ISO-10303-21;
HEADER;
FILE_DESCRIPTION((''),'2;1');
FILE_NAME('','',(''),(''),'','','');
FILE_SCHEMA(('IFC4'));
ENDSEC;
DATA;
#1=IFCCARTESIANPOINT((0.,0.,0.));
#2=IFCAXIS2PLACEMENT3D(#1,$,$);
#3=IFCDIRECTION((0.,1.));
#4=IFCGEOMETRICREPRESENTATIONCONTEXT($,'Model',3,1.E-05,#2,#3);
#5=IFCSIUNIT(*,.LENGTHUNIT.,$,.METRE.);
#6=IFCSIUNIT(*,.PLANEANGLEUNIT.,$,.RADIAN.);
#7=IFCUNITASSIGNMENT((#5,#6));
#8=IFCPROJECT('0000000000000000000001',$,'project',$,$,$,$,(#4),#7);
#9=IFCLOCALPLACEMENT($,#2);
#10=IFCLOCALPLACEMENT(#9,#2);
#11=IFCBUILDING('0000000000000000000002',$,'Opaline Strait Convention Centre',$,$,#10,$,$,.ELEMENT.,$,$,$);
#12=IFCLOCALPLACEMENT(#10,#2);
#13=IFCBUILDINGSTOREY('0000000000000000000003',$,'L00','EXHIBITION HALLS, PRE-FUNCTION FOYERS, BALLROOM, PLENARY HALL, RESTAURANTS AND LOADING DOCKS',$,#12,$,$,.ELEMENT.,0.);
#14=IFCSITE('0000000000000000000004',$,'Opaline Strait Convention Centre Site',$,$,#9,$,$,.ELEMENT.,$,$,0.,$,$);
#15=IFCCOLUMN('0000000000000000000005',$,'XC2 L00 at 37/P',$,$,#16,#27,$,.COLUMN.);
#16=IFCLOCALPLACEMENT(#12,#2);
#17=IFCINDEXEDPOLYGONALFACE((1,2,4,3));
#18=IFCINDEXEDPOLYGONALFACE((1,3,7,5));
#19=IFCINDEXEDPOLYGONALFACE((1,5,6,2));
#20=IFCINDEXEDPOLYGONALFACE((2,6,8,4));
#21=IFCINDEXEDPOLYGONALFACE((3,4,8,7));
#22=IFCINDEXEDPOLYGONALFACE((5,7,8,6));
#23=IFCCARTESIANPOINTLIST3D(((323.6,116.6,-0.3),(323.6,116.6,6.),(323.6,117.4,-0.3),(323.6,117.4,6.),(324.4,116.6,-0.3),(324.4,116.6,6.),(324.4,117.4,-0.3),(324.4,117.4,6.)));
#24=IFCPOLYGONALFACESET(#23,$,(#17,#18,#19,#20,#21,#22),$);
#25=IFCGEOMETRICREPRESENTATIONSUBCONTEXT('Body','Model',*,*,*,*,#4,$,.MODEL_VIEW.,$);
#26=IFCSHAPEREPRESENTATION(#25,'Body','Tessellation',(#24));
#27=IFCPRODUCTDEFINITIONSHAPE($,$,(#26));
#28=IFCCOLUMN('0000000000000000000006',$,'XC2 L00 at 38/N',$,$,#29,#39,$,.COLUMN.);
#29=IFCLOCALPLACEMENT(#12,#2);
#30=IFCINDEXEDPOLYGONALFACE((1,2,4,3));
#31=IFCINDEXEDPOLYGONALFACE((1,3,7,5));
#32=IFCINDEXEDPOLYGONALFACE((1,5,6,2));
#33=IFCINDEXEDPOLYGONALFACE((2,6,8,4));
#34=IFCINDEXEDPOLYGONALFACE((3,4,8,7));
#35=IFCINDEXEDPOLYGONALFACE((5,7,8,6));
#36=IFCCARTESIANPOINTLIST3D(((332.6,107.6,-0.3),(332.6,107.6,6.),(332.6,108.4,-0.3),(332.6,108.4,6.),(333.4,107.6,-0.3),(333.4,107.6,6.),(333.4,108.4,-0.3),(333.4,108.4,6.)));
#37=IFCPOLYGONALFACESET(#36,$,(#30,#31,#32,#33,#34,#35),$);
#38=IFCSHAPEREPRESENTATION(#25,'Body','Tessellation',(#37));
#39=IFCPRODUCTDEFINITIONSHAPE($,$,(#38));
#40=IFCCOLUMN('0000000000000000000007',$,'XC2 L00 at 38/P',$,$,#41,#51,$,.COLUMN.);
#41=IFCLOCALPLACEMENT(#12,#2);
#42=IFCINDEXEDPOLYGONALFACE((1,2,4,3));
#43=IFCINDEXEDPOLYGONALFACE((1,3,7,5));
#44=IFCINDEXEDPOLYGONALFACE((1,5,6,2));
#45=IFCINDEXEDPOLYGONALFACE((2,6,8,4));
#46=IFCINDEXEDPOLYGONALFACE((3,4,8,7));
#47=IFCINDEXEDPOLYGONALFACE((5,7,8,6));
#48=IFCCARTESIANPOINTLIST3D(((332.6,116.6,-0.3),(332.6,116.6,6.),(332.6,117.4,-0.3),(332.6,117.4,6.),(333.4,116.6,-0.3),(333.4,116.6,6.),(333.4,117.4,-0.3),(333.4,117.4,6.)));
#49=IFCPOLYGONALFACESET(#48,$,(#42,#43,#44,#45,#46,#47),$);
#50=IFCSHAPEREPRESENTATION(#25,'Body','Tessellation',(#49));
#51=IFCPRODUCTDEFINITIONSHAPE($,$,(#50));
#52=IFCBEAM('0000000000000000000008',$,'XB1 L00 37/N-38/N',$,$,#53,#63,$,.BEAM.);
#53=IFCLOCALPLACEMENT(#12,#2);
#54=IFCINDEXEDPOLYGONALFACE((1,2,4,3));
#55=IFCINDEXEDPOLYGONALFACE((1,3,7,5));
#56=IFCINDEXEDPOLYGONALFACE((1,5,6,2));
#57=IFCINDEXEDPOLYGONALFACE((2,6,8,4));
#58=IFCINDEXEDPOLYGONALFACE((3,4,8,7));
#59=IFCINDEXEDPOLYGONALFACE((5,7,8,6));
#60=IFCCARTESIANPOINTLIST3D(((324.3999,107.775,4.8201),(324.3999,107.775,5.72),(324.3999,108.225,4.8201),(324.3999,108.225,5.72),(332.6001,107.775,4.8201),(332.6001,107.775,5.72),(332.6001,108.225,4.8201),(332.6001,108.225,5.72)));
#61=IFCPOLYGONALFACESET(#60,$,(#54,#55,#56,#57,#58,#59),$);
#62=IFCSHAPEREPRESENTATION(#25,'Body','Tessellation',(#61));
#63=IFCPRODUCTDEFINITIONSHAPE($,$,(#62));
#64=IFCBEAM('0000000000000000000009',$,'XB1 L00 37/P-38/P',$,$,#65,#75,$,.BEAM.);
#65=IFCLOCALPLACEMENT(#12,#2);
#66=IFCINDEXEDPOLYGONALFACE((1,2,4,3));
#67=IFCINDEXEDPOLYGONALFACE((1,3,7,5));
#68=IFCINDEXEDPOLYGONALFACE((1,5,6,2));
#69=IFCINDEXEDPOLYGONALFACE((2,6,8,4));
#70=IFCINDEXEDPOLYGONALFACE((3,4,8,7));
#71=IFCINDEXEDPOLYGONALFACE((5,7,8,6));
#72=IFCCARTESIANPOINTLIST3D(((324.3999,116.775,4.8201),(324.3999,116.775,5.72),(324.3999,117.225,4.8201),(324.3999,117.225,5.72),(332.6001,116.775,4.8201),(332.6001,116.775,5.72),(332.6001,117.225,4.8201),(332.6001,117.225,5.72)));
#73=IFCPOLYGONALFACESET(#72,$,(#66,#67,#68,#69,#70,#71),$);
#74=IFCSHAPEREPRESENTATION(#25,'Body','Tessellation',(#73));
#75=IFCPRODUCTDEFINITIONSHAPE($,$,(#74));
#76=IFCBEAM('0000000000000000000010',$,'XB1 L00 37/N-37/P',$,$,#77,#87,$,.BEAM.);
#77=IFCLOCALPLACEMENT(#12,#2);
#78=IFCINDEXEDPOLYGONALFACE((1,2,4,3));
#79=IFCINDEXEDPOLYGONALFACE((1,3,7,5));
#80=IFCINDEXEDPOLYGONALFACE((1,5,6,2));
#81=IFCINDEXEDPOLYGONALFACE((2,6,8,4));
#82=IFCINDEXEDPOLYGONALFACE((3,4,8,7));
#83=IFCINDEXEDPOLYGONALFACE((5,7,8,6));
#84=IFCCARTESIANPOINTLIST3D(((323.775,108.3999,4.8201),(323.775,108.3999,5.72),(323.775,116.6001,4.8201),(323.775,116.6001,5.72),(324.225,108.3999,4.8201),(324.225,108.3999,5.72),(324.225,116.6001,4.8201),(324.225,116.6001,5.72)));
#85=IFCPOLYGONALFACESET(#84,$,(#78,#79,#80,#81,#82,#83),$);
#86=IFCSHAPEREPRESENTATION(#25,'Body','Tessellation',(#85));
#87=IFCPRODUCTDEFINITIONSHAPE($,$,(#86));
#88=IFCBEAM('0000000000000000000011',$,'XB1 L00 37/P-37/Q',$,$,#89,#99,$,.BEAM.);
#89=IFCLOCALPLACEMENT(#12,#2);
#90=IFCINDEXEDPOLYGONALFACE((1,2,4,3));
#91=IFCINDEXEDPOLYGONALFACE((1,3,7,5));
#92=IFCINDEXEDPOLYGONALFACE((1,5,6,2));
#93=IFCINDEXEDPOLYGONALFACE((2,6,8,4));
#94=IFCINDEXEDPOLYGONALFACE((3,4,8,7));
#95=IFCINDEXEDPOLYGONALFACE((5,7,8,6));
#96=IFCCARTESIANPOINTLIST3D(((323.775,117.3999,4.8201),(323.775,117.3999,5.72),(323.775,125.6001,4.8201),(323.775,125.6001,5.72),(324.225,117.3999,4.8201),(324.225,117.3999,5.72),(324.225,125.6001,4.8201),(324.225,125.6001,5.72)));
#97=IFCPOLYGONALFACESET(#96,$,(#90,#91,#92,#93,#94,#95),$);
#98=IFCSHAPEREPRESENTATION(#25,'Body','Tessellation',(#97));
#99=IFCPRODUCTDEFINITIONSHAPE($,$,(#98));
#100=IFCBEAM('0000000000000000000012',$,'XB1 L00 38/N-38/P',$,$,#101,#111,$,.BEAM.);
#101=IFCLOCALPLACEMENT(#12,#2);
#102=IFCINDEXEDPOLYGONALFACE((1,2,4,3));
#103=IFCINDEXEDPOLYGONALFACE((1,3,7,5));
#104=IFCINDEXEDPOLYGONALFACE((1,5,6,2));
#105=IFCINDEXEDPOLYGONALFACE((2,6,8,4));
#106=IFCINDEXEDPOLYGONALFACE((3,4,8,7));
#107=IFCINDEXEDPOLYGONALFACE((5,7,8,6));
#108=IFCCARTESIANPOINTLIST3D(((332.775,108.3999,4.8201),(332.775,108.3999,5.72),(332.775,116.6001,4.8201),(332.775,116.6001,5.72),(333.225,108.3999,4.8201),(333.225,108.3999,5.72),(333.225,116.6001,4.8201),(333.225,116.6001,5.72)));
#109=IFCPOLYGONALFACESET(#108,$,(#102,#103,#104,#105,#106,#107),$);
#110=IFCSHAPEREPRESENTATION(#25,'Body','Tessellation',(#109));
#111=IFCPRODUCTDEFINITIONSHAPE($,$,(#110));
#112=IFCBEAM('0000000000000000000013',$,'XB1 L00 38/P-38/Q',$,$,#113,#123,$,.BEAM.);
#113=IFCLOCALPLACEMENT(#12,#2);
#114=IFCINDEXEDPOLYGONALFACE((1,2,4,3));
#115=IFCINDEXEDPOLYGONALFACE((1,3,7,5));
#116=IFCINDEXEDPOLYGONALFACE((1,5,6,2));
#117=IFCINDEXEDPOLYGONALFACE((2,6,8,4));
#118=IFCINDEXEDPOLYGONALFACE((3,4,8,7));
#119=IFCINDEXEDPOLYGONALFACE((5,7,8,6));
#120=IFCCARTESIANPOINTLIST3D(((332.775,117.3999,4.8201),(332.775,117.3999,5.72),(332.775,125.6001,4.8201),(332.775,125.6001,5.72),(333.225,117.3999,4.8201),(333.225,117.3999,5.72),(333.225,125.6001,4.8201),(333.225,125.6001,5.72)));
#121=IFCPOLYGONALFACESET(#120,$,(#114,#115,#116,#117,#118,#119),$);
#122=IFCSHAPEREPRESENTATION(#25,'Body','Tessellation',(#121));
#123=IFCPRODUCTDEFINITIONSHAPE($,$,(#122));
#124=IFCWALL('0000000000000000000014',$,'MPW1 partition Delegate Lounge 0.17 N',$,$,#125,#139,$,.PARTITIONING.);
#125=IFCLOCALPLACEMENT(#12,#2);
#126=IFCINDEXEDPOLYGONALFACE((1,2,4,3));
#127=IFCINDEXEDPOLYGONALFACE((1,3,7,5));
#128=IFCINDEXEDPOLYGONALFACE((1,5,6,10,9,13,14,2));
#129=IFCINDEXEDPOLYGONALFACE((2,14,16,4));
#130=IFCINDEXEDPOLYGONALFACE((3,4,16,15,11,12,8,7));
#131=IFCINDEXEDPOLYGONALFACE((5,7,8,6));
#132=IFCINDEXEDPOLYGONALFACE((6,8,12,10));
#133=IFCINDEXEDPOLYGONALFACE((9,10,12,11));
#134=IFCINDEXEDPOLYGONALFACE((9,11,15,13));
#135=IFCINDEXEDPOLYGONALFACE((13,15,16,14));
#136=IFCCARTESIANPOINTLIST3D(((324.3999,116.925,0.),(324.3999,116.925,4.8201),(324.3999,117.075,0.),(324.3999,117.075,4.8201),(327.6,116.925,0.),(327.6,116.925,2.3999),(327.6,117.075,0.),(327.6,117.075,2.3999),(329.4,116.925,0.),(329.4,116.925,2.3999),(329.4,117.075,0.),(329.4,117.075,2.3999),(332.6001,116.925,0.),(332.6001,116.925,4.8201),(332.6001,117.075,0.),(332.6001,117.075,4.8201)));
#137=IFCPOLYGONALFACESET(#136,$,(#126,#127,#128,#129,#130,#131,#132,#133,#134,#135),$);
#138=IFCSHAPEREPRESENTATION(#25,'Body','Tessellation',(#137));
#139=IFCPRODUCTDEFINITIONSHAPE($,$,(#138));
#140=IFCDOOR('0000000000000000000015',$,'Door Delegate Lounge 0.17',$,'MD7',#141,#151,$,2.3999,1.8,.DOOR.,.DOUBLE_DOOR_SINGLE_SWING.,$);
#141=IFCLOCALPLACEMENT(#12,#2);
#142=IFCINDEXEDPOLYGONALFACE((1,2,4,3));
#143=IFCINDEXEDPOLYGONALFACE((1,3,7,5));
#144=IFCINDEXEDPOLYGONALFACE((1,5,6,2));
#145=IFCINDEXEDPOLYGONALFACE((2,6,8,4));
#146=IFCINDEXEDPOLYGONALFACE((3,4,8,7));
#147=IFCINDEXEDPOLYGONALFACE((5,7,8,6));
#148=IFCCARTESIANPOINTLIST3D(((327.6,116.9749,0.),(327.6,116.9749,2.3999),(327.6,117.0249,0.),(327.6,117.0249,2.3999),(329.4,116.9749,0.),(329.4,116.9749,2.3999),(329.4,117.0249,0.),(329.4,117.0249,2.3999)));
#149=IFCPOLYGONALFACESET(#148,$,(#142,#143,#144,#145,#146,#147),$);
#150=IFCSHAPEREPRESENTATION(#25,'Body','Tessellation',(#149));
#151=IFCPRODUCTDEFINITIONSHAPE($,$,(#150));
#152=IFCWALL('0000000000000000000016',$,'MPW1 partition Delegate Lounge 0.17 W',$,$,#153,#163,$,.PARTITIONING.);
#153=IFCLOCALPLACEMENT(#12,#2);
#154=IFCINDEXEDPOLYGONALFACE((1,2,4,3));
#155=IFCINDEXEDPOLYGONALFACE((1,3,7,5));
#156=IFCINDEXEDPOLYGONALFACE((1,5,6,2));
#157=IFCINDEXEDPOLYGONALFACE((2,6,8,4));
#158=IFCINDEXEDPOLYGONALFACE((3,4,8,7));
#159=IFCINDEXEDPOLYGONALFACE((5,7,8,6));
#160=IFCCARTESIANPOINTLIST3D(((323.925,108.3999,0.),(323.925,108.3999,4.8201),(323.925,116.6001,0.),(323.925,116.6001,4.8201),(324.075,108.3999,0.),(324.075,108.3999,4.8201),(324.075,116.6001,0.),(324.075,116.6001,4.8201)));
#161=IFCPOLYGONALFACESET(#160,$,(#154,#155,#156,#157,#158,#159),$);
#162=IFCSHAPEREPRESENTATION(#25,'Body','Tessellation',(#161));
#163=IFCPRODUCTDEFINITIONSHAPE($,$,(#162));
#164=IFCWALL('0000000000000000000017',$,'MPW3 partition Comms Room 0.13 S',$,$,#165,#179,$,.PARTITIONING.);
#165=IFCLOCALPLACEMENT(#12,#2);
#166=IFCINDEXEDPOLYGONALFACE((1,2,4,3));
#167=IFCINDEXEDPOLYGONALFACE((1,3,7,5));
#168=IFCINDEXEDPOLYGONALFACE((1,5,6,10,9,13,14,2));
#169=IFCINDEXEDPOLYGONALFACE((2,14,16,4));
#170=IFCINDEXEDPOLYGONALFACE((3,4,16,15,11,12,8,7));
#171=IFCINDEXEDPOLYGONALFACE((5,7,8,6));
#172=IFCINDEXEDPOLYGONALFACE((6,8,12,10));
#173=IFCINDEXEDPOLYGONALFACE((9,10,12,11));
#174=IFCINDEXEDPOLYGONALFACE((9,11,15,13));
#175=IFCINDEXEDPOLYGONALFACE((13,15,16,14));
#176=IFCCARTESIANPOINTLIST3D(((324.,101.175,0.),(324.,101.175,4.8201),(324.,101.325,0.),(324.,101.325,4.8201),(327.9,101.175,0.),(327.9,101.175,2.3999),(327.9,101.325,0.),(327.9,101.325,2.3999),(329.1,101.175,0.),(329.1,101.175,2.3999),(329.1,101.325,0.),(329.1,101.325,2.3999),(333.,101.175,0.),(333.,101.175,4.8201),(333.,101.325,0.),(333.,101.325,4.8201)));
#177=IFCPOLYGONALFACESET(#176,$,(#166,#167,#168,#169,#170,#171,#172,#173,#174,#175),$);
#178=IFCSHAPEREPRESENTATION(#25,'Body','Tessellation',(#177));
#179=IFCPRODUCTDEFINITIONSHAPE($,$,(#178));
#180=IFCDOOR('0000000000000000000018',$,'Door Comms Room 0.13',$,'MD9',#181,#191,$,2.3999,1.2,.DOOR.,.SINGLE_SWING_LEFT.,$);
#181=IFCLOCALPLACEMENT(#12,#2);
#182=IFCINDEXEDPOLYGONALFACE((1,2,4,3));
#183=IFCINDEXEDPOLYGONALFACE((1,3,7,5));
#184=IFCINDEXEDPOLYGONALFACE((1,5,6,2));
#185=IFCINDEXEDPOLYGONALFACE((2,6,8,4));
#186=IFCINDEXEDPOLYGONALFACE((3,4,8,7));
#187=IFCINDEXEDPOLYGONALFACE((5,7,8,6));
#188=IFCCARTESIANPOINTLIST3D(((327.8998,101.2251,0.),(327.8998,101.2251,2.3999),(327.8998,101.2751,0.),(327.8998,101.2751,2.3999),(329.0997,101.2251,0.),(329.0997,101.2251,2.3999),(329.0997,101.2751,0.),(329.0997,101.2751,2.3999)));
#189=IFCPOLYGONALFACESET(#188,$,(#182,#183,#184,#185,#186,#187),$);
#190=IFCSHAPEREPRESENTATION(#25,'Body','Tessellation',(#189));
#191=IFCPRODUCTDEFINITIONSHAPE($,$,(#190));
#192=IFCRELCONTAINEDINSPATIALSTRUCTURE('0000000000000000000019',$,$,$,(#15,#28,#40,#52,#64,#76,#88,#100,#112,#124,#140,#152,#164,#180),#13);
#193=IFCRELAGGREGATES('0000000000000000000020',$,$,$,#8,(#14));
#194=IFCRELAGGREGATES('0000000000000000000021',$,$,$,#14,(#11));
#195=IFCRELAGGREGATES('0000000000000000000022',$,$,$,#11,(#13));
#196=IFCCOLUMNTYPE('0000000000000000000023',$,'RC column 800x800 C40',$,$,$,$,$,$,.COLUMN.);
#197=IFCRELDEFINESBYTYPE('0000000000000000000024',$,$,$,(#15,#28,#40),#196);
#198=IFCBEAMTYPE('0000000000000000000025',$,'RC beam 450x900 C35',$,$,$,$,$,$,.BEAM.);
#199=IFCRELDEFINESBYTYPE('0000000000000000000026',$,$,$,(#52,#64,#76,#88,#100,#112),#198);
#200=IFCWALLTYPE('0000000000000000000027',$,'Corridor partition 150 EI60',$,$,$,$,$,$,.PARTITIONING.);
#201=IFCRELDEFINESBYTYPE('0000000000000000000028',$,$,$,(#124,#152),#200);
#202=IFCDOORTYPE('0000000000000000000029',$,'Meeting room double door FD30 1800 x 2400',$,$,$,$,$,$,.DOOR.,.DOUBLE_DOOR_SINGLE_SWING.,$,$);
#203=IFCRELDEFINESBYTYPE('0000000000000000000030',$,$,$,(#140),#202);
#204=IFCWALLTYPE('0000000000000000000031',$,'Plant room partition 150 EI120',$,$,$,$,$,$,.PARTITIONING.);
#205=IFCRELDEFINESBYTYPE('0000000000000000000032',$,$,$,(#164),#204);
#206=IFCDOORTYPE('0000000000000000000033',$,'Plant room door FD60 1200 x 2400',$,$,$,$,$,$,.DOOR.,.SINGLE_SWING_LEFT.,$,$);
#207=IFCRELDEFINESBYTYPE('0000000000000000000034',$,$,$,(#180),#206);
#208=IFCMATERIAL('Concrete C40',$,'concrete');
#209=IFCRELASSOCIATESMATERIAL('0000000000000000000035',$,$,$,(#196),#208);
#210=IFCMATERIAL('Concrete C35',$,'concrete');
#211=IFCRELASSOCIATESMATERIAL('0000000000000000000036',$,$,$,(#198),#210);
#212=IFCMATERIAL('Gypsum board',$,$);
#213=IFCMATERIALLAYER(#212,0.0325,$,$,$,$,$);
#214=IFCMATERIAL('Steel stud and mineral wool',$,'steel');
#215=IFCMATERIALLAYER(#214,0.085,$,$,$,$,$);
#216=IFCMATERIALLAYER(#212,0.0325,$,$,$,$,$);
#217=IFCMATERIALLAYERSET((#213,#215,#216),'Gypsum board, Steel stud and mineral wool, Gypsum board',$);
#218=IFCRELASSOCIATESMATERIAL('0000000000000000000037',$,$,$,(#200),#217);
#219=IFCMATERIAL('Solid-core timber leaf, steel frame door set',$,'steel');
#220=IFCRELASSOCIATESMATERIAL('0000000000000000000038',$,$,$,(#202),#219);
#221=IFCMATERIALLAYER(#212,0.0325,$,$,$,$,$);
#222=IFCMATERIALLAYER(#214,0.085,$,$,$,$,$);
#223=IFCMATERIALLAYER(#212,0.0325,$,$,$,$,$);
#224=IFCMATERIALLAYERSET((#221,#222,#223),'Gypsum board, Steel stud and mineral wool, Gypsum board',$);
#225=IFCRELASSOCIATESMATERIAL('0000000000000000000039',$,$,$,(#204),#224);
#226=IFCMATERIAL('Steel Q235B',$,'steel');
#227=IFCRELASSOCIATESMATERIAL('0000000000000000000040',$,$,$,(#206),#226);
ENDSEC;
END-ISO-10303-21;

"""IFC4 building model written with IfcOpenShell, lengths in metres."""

from ifc_helpers import new_model, si_unit, direction, frame, frame_2d, origin, origin_2d, place, context, subcontext, project, spatial, rectangle, extrude, material, layer, layer_set, material_profile, profile_set, type_object, element, fill, save


model = new_model("IFC4")

# Units and contexts
model_context = context("Model", 3, precision=1e-05, world=origin(), true_north=direction((0.0, 1.0)))
body_context = subcontext(model_context, "Body", "Model", "MODEL_VIEW")
ifc_project = project(units=[si_unit("LENGTHUNIT", "METRE"), si_unit("PLANEANGLEUNIT", "RADIAN")], contexts=[model_context])

# Site, building, storey
site_placement = place(None, origin())
site = spatial("IfcSite", under=ifc_project, at=site_placement, Name="Opaline Strait Convention Centre Site", CompositionType="ELEMENT", RefElevation=0.0)
building_placement = place(site_placement, origin())
building = spatial("IfcBuilding", under=site, at=building_placement, Name="Opaline Strait Convention Centre", CompositionType="ELEMENT")
storey_placement = place(building_placement, origin())
storey = spatial("IfcBuildingStorey", under=building, at=storey_placement, Name="L00", Description="EXHIBITION HALLS, PRE-FUNCTION FOYERS, BALLROOM, PLENARY HALL, RESTAURANTS AND LOADING DOCKS", CompositionType="ELEMENT", Elevation=0.0)

# Shared definitions
ifc_material_1 = material(Name="Concrete C35", Category="concrete")

# Columns
ifc_material_2 = material(Name="Concrete C40", Category="concrete")
ifc_material_profile_1 = material_profile(ifc_material_2, rectangle(XDim=0.8, YDim=0.8, at=origin_2d()), Name="RC 800x800")
ifc_profile_set_1 = profile_set([ifc_material_profile_1], Name="Concrete C40")
column_type = type_object("IfcColumnType", Name="RC column 800x800 C40", PredefinedType="COLUMN", material=ifc_profile_set_1)
for number, where, z_axis, x_axis, name in (
    (1, (324.0, 117.0, -0.3), (0.0, 0.0, 1.0), (1.0, 0.0, 0.0), "XC2 L00 at 37/P"),
    (2, (333.0, 108.0, -0.3), (0.0, 0.0, 1.0), (1.0, 0.0, 0.0), "XC2 L00 at 38/N"),
    (3, (333.0, 117.0, -0.3), (0.0, 0.0, 1.0), (1.0, 0.0, 0.0), "XC2 L00 at 38/P"),
):
    element("IfcColumn", number, at=place(storey_placement, frame(where, z_axis=z_axis, x_axis=x_axis)), inside=storey, type_object=column_type, Name=name, PredefinedType="COLUMN", context=body_context, shape_type="SweptSolid", body=[
        extrude(rectangle(XDim=0.8, YDim=0.8, at=origin_2d()), origin(), (0.0, 0.0, 1.0), 6.3),
    ])

# Beams
ifc_material_profile_2 = material_profile(ifc_material_1, rectangle(XDim=0.45, YDim=0.8999, at=origin_2d()), Name="RC 450x900")
ifc_profile_set_2 = profile_set([ifc_material_profile_2], Name="Concrete C35")
beam_type = type_object("IfcBeamType", Name="RC beam 450x900 C35", PredefinedType="BEAM", material=ifc_profile_set_2)
for number, where, z_axis, x_axis, name in (
    (4, (324.3999, 108.0, 5.27), (1.0, 0.0, 0.0), (0.0, 1.0, 0.0), "XB1 L00 37/N-38/N"),
    (5, (324.3999, 117.0, 5.27), (1.0, 0.0, 0.0), (0.0, 1.0, 0.0), "XB1 L00 37/P-38/P"),
    (6, (324.0, 108.3999, 5.27), (0.0, 1.0, 0.0), (-1.0, 0.0, 0.0), "XB1 L00 37/N-37/P"),
    (7, (324.0, 117.3999, 5.27), (0.0, 1.0, 0.0), (-1.0, 0.0, 0.0), "XB1 L00 37/P-37/Q"),
    (8, (333.0, 108.3999, 5.27), (0.0, 1.0, 0.0), (-1.0, 0.0, 0.0), "XB1 L00 38/N-38/P"),
    (9, (333.0, 117.3999, 5.27), (0.0, 1.0, 0.0), (-1.0, 0.0, 0.0), "XB1 L00 38/P-38/Q"),
):
    element("IfcBeam", number, at=place(storey_placement, frame(where, z_axis=z_axis, x_axis=x_axis)), inside=storey, type_object=beam_type, Name=name, PredefinedType="BEAM", context=body_context, shape_type="SweptSolid", body=[
        extrude(rectangle(XDim=0.45, YDim=0.8999, at=origin_2d()), origin(), (0.0, 0.0, 1.0), 8.2002),
    ])

# Wall, opening, door
ifc_material_3 = material(Name="Gypsum board")
ifc_layer_1 = layer(ifc_material_3, 0.0325)
ifc_material_4 = material(Name="Steel stud and mineral wool", Category="steel")
ifc_layer_2 = layer(ifc_material_4, 0.085)
ifc_layer_3 = layer(ifc_material_3, 0.0325)
ifc_layer_set_1 = layer_set([ifc_layer_1, ifc_layer_2, ifc_layer_3], Name="Gypsum board, Steel stud and mineral wool, Gypsum board")
wall_type_1 = type_object("IfcWallType", Name="Corridor partition 150 EI60", PredefinedType="PARTITIONING", material=ifc_layer_set_1)
wall_1_placement = place(storey_placement, frame((324.3999, 117.0, 0.0), z_axis=(0.0, 0.0, 1.0), x_axis=(1.0, 0.0, 0.0)))
wall_1 = element("IfcWall", 10, at=wall_1_placement, inside=storey, type_object=wall_type_1, Name="MPW1 partition Delegate Lounge 0.17 N", PredefinedType="PARTITIONING", context=body_context, shape_type="SweptSolid", body=[
    extrude(rectangle(XDim=8.2002, YDim=0.1499, at=frame_2d((4.1001, 0.0))), origin(), (0.0, 0.0, 1.0), 4.8201),
])
opening_1_placement = place(wall_1_placement, frame((3.2002, 0.0, 0.0)))
opening_1 = element("IfcOpeningElement", 11, at=opening_1_placement, cuts=wall_1, PredefinedType="OPENING", context=body_context, shape_type="SweptSolid", body=[
    extrude(rectangle(XDim=1.8, YDim=2.3999, at=frame_2d((0.8999, 1.2))), frame((0.0, 0.085, 0.0), z_axis=(0.0, -1.0, 0.0), x_axis=(1.0, 0.0, 0.0)), (0.0, 0.0, 1.0), 0.1699),
])
ifc_material_5 = material(Name="Solid-core timber leaf, steel frame door set", Category="steel")
door_type_1 = type_object("IfcDoorType", Name="Meeting room double door FD30 1800 x 2400", OperationType="DOUBLE_DOOR_SINGLE_SWING", PredefinedType="DOOR", material=ifc_material_5)
door_1_placement = place(opening_1_placement, origin())
door_1 = element("IfcDoor", 12, at=door_1_placement, inside=storey, type_object=door_type_1, Name="Door Delegate Lounge 0.17", ObjectType="MD7", OperationType="DOUBLE_DOOR_SINGLE_SWING", OverallHeight=2.3999, OverallWidth=1.8, PredefinedType="DOOR", context=body_context, shape_type="SweptSolid", body=[
    extrude(rectangle(XDim=1.8, YDim=2.3999, at=frame_2d((0.8999, 1.2))), frame((0.0, 0.0249, 0.0), z_axis=(0.0, -1.0, 0.0), x_axis=(1.0, 0.0, 0.0)), (0.0, 0.0, 1.0), 0.05),
])
fill(opening_1, door_1)

# Wall
wall_2_placement = place(storey_placement, frame((324.0, 108.3999, 0.0), z_axis=(0.0, 0.0, 1.0), x_axis=(0.0, 1.0, 0.0)))
element("IfcWall", 13, at=wall_2_placement, inside=storey, type_object=wall_type_1, Name="MPW1 partition Delegate Lounge 0.17 W", PredefinedType="PARTITIONING", context=body_context, shape_type="SweptSolid", body=[
    extrude(rectangle(XDim=8.2002, YDim=0.1499, at=frame_2d((4.1001, 0.0))), origin(), (0.0, 0.0, 1.0), 4.8201),
])

# Wall, opening, door
ifc_layer_4 = layer(ifc_material_3, 0.0325)
ifc_layer_5 = layer(ifc_material_4, 0.085)
ifc_layer_6 = layer(ifc_material_3, 0.0325)
ifc_layer_set_2 = layer_set([ifc_layer_4, ifc_layer_5, ifc_layer_6], Name="Gypsum board, Steel stud and mineral wool, Gypsum board")
wall_type_2 = type_object("IfcWallType", Name="Plant room partition 150 EI120", PredefinedType="PARTITIONING", material=ifc_layer_set_2)
wall_3_placement = place(storey_placement, frame((324.0, 101.25, 0.0), z_axis=(0.0, 0.0, 1.0), x_axis=(1.0, 0.0, 0.0)))
wall_3 = element("IfcWall", 14, at=wall_3_placement, inside=storey, type_object=wall_type_2, Name="MPW3 partition Comms Room 0.13 S", PredefinedType="PARTITIONING", context=body_context, shape_type="SweptSolid", body=[
    extrude(rectangle(XDim=9.0, YDim=0.1499, at=frame_2d((4.5, 0.0))), origin(), (0.0, 0.0, 1.0), 4.8201),
])
opening_2_placement = place(wall_3_placement, frame((3.8999, 0.0, 0.0)))
opening_2 = element("IfcOpeningElement", 15, at=opening_2_placement, cuts=wall_3, PredefinedType="OPENING", context=body_context, shape_type="SweptSolid", body=[
    extrude(rectangle(XDim=1.2, YDim=2.3999, at=frame_2d((0.6001, 1.2))), frame((0.0, 0.085, 0.0), z_axis=(0.0, -1.0, 0.0), x_axis=(1.0, 0.0, 0.0)), (0.0, 0.0, 1.0), 0.1699),
])
ifc_material_6 = material(Name="Steel Q235B", Category="steel")
door_type_2 = type_object("IfcDoorType", Name="Plant room door FD60 1200 x 2400", OperationType="SINGLE_SWING_LEFT", PredefinedType="DOOR", material=ifc_material_6)
door_2_placement = place(opening_2_placement, frame((1.2, 0.0, 0.0), z_axis=(0.0, 0.0, 1.0), x_axis=(-1.0, 0.0, 0.0)))
door_2 = element("IfcDoor", 16, at=door_2_placement, inside=storey, type_object=door_type_2, Name="Door Comms Room 0.13", ObjectType="MD9", OperationType="SINGLE_SWING_LEFT", OverallHeight=2.3999, OverallWidth=1.2, PredefinedType="DOOR", context=body_context, shape_type="SweptSolid", body=[
    extrude(rectangle(XDim=1.2, YDim=2.3999, at=frame_2d((0.6001, 1.2))), frame((0.0, 0.0249, 0.0), z_axis=(0.0, -1.0, 0.0), x_axis=(1.0, 0.0, 0.0)), (0.0, 0.0, 1.0), 0.05),
])
fill(opening_2, door_2)

save(model, "model.ifc")
